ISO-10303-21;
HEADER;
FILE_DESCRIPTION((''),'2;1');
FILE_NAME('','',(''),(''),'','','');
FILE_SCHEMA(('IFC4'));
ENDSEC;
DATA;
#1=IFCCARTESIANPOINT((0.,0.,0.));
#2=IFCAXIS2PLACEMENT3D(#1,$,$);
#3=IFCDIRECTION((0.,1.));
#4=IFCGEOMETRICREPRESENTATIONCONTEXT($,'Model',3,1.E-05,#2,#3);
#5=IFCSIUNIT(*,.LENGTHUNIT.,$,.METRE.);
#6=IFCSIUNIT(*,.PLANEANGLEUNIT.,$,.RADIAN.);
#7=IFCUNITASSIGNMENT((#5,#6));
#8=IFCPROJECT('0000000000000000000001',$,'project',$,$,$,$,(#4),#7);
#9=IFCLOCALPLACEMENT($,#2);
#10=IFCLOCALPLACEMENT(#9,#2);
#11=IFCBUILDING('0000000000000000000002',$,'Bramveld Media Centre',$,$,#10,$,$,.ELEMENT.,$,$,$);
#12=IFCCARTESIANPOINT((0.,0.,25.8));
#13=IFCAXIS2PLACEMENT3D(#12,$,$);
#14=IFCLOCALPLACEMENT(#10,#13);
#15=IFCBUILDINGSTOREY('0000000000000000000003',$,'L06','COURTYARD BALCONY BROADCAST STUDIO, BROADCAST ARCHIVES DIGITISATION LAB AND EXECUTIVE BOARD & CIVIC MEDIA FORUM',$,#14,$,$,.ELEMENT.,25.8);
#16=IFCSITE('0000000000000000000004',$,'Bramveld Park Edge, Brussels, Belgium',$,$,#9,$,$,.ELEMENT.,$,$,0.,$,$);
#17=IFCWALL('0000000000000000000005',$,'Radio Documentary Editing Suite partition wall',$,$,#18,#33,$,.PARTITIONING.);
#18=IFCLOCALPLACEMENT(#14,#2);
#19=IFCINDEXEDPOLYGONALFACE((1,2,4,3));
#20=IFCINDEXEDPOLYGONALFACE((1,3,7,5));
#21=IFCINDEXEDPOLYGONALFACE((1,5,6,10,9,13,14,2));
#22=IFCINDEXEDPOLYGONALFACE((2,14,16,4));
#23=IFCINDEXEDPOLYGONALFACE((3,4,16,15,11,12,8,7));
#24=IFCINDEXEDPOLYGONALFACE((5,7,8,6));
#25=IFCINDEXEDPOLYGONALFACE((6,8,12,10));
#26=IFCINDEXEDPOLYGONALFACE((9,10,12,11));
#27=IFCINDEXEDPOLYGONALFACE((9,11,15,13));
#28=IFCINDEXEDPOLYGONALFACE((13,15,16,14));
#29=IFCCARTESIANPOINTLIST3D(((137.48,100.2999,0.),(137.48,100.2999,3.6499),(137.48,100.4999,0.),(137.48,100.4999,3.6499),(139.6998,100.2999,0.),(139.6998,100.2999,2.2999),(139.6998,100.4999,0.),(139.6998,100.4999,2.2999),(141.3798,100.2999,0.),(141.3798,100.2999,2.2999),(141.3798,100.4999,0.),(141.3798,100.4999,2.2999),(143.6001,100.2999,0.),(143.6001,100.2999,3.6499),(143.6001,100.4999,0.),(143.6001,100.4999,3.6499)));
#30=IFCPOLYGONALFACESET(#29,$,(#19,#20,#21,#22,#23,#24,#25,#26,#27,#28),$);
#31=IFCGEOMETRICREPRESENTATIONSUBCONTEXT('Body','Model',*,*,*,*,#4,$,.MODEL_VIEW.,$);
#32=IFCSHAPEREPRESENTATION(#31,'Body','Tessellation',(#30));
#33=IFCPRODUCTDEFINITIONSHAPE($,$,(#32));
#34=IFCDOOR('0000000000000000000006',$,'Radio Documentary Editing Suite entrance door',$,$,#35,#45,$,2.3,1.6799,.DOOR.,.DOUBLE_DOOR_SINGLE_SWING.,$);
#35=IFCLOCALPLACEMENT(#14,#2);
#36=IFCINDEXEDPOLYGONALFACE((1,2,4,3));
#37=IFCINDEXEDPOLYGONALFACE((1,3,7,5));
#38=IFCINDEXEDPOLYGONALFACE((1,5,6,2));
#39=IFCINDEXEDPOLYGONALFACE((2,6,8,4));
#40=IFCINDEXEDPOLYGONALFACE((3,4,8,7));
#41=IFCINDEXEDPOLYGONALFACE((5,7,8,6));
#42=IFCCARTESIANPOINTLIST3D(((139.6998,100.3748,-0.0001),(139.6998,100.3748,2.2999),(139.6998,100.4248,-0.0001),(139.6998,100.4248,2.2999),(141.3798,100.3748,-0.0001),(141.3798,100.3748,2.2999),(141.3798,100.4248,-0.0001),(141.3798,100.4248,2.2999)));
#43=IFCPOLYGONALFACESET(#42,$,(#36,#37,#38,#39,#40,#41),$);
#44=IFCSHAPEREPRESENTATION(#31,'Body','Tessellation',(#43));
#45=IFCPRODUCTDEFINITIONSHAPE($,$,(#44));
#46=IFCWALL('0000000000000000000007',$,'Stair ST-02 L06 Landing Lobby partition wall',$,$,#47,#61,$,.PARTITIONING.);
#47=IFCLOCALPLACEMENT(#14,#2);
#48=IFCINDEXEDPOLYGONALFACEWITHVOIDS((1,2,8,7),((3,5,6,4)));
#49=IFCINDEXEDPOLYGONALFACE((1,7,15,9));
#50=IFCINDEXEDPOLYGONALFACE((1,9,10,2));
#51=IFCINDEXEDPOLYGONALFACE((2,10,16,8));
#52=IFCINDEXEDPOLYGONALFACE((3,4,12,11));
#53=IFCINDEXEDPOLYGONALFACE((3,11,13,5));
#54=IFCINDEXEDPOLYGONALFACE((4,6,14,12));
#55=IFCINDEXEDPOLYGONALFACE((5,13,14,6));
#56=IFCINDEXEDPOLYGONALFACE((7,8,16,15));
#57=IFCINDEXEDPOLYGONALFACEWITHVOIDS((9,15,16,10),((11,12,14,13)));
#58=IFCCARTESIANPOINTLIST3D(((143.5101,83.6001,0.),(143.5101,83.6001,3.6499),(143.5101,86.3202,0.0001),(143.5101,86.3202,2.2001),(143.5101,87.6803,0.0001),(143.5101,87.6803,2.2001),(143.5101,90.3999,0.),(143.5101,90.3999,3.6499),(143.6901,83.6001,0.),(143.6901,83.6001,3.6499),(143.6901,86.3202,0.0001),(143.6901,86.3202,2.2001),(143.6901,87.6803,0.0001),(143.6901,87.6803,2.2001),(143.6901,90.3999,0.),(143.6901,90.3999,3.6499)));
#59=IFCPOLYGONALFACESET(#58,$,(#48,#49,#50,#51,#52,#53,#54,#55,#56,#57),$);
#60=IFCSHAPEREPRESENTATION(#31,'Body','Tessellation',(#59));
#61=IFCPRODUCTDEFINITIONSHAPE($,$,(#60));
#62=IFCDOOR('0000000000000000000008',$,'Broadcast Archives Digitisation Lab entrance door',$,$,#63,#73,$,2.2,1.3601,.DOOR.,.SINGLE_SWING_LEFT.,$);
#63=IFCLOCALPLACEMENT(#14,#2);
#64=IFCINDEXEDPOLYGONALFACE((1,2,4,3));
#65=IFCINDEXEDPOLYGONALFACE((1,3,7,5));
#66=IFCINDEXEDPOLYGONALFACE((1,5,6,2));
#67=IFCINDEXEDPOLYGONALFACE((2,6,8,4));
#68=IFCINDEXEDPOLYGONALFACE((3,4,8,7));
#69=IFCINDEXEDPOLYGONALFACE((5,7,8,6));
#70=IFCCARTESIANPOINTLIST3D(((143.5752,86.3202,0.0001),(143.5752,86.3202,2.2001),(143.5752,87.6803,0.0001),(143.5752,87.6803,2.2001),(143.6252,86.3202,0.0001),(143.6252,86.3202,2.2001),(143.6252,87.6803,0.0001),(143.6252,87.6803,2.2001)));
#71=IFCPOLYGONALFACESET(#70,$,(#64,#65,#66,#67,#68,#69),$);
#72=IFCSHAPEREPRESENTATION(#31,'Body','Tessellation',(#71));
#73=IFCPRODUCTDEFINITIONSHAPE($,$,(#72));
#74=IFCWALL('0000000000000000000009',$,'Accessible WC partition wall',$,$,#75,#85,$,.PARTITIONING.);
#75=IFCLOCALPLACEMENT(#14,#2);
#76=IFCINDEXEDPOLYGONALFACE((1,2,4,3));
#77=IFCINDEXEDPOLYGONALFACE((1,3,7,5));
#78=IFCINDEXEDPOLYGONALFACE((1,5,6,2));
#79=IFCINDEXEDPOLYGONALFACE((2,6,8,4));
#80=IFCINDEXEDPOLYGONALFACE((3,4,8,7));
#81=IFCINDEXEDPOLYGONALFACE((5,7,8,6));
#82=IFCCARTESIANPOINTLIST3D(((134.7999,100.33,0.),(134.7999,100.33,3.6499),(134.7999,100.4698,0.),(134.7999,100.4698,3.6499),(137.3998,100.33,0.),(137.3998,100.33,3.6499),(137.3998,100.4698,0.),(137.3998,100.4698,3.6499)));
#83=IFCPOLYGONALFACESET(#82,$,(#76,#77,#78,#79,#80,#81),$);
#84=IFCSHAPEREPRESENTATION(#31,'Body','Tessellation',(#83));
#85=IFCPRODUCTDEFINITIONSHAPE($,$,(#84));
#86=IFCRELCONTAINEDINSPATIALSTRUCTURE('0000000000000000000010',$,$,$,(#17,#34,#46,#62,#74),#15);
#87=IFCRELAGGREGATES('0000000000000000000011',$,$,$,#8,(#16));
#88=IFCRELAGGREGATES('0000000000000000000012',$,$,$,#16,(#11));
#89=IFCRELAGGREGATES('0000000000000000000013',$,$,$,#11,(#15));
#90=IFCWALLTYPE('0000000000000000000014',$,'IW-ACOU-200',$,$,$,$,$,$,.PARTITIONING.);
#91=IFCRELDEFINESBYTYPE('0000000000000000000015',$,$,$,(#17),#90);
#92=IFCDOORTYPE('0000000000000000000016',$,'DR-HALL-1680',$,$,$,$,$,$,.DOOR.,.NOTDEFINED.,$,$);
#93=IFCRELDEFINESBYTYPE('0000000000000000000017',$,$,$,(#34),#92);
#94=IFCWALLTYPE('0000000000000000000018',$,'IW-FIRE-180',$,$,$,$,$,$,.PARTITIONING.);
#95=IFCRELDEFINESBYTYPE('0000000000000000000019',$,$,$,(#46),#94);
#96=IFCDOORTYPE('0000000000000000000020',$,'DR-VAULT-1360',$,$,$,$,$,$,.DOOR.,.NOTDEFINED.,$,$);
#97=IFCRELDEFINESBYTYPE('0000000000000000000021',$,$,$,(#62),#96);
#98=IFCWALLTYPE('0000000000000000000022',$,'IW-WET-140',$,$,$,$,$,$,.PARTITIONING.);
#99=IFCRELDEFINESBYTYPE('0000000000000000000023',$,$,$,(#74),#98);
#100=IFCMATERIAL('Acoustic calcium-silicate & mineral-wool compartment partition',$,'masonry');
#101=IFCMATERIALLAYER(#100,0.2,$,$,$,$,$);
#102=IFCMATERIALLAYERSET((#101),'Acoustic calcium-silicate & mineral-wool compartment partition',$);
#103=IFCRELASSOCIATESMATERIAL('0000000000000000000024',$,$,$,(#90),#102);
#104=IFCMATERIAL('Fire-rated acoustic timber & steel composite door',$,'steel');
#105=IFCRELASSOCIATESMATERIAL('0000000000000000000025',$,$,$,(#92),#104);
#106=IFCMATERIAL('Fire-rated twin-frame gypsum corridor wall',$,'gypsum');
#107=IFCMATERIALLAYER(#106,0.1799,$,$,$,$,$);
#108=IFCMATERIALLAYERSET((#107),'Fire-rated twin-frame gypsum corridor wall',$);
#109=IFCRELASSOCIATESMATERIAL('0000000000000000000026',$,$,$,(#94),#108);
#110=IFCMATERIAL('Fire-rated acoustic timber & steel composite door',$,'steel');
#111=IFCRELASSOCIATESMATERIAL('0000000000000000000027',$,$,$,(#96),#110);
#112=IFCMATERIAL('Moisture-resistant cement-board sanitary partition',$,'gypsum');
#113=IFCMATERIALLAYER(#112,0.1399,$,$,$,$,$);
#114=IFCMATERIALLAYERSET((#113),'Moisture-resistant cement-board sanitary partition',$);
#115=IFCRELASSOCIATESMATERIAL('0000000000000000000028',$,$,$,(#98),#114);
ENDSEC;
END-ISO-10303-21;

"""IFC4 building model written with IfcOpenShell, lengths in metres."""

from ifc_helpers import new_model, si_unit, direction, frame, frame_2d, origin, place, context, subcontext, project, spatial, rectangle, extrude, material, layer, layer_set, type_object, element, fill, save


model = new_model("IFC4")

# Units and contexts
model_context = context("Model", 3, precision=1e-05, world=origin(), true_north=direction((0.0, 1.0)))
body_context = subcontext(model_context, "Body", "Model", "MODEL_VIEW")
ifc_project = project(units=[si_unit("LENGTHUNIT", "METRE"), si_unit("PLANEANGLEUNIT", "RADIAN")], contexts=[model_context])

# Site, building, storey
site_placement = place(None, origin())
site = spatial("IfcSite", under=ifc_project, at=site_placement, Name="Bramveld Park Edge, Brussels, Belgium", CompositionType="ELEMENT", RefElevation=0.0)
building_placement = place(site_placement, origin())
building = spatial("IfcBuilding", under=site, at=building_placement, Name="Bramveld Media Centre", CompositionType="ELEMENT")
storey_placement = place(building_placement, frame((0.0, 0.0, 25.8)))
storey = spatial("IfcBuildingStorey", under=building, at=storey_placement, Name="L06", Description="COURTYARD BALCONY BROADCAST STUDIO, BROADCAST ARCHIVES DIGITISATION LAB AND EXECUTIVE BOARD & CIVIC MEDIA FORUM", CompositionType="ELEMENT", Elevation=25.8)

# Walls, openings, doors
ifc_material_1 = material(Name="Acoustic calcium-silicate & mineral-wool compartment partition", Category="masonry")
ifc_layer_1 = layer(ifc_material_1, 0.2)
ifc_layer_set_1 = layer_set([ifc_layer_1], Name="Acoustic calcium-silicate & mineral-wool compartment partition")
wall_type_1 = type_object("IfcWallType", Name="IW-ACOU-200", PredefinedType="PARTITIONING", material=ifc_layer_set_1)
wall_1_placement = place(storey_placement, frame((137.48, 100.3999, 0.0), z_axis=(0.0, 0.0, 1.0), x_axis=(1.0, 0.0, 0.0)))
wall_1 = element("IfcWall", 1, at=wall_1_placement, inside=storey, type_object=wall_type_1, Name="Radio Documentary Editing Suite partition wall", PredefinedType="PARTITIONING", context=body_context, shape_type="SweptSolid", body=[
    extrude(rectangle(XDim=6.1201, YDim=0.2, at=frame_2d((3.0601, 0.0))), origin(), (0.0, 0.0, 1.0), 3.6499),
])
opening_1_placement = place(wall_1_placement, frame((2.22, 0.0, 0.0)))
opening_1 = element("IfcOpeningElement", 2, at=opening_1_placement, cuts=wall_1, PredefinedType="OPENING", context=body_context, shape_type="SweptSolid", body=[
    extrude(rectangle(XDim=1.6799, YDim=2.3, at=frame_2d((0.8398, 1.1499))), frame((0.0, 0.1118, 0.0), z_axis=(0.0, -1.0, 0.0), x_axis=(1.0, 0.0, 0.0)), (0.0, 0.0, 1.0), 0.2239),
])
ifc_material_2 = material(Name="Fire-rated acoustic timber & steel composite door", Category="steel")
door_type_1 = type_object("IfcDoorType", Name="DR-HALL-1680", OperationType="NOTDEFINED", PredefinedType="DOOR", material=ifc_material_2)
door_1_placement = place(opening_1_placement, origin())
door_1 = element("IfcDoor", 3, at=door_1_placement, inside=storey, type_object=door_type_1, Name="Radio Documentary Editing Suite entrance door", OperationType="DOUBLE_DOOR_SINGLE_SWING", OverallHeight=2.3, OverallWidth=1.6799, PredefinedType="DOOR", context=body_context, shape_type="SweptSolid", body=[
    extrude(rectangle(XDim=1.6799, YDim=2.3, at=frame_2d((0.8398, 1.1499))), frame((0.0, 0.0249, 0.0), z_axis=(0.0, -1.0, 0.0), x_axis=(1.0, 0.0, 0.0)), (0.0, 0.0, 1.0), 0.05),
])
fill(opening_1, door_1)
ifc_material_3 = material(Name="Fire-rated twin-frame gypsum corridor wall", Category="gypsum")
ifc_layer_2 = layer(ifc_material_3, 0.1799)
ifc_layer_set_2 = layer_set([ifc_layer_2], Name="Fire-rated twin-frame gypsum corridor wall")
wall_type_2 = type_object("IfcWallType", Name="IW-FIRE-180", PredefinedType="PARTITIONING", material=ifc_layer_set_2)
wall_2_placement = place(storey_placement, frame((143.6001, 83.6001, 0.0), z_axis=(0.0, 0.0, 1.0), x_axis=(0.0, 1.0, 0.0)))
wall_2 = element("IfcWall", 4, at=wall_2_placement, inside=storey, type_object=wall_type_2, Name="Stair ST-02 L06 Landing Lobby partition wall", PredefinedType="PARTITIONING", context=body_context, shape_type="SweptSolid", body=[
    extrude(rectangle(XDim=6.7998, YDim=0.1799, at=frame_2d((3.3999, 0.0))), origin(), (0.0, 0.0, 1.0), 3.6499),
])
opening_2_placement = place(wall_2_placement, frame((2.72, 0.0, 0.0)))
opening_2 = element("IfcOpeningElement", 5, at=opening_2_placement, cuts=wall_2, PredefinedType="OPENING", context=body_context, shape_type="SweptSolid", body=[
    extrude(rectangle(XDim=1.3601, YDim=2.2, at=frame_2d((0.6802, 1.1001))), frame((0.0, 0.1021, 0.0), z_axis=(0.0, -1.0, 0.0), x_axis=(1.0, 0.0, 0.0)), (0.0, 0.0, 1.0), 0.2039),
])
ifc_material_4 = material(Name="Fire-rated acoustic timber & steel composite door", Category="steel")
door_type_2 = type_object("IfcDoorType", Name="DR-VAULT-1360", OperationType="NOTDEFINED", PredefinedType="DOOR", material=ifc_material_4)
door_2_placement = place(opening_2_placement, origin())
door_2 = element("IfcDoor", 6, at=door_2_placement, inside=storey, type_object=door_type_2, Name="Broadcast Archives Digitisation Lab entrance door", OperationType="SINGLE_SWING_LEFT", OverallHeight=2.2, OverallWidth=1.3601, PredefinedType="DOOR", context=body_context, shape_type="SweptSolid", body=[
    extrude(rectangle(XDim=1.3601, YDim=2.2, at=frame_2d((0.6802, 1.1001))), frame((0.0, 0.0249, 0.0), z_axis=(0.0, -1.0, 0.0), x_axis=(1.0, 0.0, 0.0)), (0.0, 0.0, 1.0), 0.05),
])
fill(opening_2, door_2)

# Wall
ifc_material_5 = material(Name="Moisture-resistant cement-board sanitary partition", Category="gypsum")
ifc_layer_3 = layer(ifc_material_5, 0.1399)
ifc_layer_set_3 = layer_set([ifc_layer_3], Name="Moisture-resistant cement-board sanitary partition")
wall_type_3 = type_object("IfcWallType", Name="IW-WET-140", PredefinedType="PARTITIONING", material=ifc_layer_set_3)
wall_3_placement = place(storey_placement, frame((134.8, 100.3999, 0.0), z_axis=(0.0, 0.0, 1.0), x_axis=(1.0, 0.0, 0.0)))
element("IfcWall", 7, at=wall_3_placement, inside=storey, type_object=wall_type_3, Name="Accessible WC partition wall", PredefinedType="PARTITIONING", context=body_context, shape_type="SweptSolid", body=[
    extrude(rectangle(XDim=2.5999, YDim=0.1399, at=frame_2d((1.2998, 0.0))), origin(), (0.0, 0.0, 1.0), 3.6499),
])

save(model, "model.ifc")
